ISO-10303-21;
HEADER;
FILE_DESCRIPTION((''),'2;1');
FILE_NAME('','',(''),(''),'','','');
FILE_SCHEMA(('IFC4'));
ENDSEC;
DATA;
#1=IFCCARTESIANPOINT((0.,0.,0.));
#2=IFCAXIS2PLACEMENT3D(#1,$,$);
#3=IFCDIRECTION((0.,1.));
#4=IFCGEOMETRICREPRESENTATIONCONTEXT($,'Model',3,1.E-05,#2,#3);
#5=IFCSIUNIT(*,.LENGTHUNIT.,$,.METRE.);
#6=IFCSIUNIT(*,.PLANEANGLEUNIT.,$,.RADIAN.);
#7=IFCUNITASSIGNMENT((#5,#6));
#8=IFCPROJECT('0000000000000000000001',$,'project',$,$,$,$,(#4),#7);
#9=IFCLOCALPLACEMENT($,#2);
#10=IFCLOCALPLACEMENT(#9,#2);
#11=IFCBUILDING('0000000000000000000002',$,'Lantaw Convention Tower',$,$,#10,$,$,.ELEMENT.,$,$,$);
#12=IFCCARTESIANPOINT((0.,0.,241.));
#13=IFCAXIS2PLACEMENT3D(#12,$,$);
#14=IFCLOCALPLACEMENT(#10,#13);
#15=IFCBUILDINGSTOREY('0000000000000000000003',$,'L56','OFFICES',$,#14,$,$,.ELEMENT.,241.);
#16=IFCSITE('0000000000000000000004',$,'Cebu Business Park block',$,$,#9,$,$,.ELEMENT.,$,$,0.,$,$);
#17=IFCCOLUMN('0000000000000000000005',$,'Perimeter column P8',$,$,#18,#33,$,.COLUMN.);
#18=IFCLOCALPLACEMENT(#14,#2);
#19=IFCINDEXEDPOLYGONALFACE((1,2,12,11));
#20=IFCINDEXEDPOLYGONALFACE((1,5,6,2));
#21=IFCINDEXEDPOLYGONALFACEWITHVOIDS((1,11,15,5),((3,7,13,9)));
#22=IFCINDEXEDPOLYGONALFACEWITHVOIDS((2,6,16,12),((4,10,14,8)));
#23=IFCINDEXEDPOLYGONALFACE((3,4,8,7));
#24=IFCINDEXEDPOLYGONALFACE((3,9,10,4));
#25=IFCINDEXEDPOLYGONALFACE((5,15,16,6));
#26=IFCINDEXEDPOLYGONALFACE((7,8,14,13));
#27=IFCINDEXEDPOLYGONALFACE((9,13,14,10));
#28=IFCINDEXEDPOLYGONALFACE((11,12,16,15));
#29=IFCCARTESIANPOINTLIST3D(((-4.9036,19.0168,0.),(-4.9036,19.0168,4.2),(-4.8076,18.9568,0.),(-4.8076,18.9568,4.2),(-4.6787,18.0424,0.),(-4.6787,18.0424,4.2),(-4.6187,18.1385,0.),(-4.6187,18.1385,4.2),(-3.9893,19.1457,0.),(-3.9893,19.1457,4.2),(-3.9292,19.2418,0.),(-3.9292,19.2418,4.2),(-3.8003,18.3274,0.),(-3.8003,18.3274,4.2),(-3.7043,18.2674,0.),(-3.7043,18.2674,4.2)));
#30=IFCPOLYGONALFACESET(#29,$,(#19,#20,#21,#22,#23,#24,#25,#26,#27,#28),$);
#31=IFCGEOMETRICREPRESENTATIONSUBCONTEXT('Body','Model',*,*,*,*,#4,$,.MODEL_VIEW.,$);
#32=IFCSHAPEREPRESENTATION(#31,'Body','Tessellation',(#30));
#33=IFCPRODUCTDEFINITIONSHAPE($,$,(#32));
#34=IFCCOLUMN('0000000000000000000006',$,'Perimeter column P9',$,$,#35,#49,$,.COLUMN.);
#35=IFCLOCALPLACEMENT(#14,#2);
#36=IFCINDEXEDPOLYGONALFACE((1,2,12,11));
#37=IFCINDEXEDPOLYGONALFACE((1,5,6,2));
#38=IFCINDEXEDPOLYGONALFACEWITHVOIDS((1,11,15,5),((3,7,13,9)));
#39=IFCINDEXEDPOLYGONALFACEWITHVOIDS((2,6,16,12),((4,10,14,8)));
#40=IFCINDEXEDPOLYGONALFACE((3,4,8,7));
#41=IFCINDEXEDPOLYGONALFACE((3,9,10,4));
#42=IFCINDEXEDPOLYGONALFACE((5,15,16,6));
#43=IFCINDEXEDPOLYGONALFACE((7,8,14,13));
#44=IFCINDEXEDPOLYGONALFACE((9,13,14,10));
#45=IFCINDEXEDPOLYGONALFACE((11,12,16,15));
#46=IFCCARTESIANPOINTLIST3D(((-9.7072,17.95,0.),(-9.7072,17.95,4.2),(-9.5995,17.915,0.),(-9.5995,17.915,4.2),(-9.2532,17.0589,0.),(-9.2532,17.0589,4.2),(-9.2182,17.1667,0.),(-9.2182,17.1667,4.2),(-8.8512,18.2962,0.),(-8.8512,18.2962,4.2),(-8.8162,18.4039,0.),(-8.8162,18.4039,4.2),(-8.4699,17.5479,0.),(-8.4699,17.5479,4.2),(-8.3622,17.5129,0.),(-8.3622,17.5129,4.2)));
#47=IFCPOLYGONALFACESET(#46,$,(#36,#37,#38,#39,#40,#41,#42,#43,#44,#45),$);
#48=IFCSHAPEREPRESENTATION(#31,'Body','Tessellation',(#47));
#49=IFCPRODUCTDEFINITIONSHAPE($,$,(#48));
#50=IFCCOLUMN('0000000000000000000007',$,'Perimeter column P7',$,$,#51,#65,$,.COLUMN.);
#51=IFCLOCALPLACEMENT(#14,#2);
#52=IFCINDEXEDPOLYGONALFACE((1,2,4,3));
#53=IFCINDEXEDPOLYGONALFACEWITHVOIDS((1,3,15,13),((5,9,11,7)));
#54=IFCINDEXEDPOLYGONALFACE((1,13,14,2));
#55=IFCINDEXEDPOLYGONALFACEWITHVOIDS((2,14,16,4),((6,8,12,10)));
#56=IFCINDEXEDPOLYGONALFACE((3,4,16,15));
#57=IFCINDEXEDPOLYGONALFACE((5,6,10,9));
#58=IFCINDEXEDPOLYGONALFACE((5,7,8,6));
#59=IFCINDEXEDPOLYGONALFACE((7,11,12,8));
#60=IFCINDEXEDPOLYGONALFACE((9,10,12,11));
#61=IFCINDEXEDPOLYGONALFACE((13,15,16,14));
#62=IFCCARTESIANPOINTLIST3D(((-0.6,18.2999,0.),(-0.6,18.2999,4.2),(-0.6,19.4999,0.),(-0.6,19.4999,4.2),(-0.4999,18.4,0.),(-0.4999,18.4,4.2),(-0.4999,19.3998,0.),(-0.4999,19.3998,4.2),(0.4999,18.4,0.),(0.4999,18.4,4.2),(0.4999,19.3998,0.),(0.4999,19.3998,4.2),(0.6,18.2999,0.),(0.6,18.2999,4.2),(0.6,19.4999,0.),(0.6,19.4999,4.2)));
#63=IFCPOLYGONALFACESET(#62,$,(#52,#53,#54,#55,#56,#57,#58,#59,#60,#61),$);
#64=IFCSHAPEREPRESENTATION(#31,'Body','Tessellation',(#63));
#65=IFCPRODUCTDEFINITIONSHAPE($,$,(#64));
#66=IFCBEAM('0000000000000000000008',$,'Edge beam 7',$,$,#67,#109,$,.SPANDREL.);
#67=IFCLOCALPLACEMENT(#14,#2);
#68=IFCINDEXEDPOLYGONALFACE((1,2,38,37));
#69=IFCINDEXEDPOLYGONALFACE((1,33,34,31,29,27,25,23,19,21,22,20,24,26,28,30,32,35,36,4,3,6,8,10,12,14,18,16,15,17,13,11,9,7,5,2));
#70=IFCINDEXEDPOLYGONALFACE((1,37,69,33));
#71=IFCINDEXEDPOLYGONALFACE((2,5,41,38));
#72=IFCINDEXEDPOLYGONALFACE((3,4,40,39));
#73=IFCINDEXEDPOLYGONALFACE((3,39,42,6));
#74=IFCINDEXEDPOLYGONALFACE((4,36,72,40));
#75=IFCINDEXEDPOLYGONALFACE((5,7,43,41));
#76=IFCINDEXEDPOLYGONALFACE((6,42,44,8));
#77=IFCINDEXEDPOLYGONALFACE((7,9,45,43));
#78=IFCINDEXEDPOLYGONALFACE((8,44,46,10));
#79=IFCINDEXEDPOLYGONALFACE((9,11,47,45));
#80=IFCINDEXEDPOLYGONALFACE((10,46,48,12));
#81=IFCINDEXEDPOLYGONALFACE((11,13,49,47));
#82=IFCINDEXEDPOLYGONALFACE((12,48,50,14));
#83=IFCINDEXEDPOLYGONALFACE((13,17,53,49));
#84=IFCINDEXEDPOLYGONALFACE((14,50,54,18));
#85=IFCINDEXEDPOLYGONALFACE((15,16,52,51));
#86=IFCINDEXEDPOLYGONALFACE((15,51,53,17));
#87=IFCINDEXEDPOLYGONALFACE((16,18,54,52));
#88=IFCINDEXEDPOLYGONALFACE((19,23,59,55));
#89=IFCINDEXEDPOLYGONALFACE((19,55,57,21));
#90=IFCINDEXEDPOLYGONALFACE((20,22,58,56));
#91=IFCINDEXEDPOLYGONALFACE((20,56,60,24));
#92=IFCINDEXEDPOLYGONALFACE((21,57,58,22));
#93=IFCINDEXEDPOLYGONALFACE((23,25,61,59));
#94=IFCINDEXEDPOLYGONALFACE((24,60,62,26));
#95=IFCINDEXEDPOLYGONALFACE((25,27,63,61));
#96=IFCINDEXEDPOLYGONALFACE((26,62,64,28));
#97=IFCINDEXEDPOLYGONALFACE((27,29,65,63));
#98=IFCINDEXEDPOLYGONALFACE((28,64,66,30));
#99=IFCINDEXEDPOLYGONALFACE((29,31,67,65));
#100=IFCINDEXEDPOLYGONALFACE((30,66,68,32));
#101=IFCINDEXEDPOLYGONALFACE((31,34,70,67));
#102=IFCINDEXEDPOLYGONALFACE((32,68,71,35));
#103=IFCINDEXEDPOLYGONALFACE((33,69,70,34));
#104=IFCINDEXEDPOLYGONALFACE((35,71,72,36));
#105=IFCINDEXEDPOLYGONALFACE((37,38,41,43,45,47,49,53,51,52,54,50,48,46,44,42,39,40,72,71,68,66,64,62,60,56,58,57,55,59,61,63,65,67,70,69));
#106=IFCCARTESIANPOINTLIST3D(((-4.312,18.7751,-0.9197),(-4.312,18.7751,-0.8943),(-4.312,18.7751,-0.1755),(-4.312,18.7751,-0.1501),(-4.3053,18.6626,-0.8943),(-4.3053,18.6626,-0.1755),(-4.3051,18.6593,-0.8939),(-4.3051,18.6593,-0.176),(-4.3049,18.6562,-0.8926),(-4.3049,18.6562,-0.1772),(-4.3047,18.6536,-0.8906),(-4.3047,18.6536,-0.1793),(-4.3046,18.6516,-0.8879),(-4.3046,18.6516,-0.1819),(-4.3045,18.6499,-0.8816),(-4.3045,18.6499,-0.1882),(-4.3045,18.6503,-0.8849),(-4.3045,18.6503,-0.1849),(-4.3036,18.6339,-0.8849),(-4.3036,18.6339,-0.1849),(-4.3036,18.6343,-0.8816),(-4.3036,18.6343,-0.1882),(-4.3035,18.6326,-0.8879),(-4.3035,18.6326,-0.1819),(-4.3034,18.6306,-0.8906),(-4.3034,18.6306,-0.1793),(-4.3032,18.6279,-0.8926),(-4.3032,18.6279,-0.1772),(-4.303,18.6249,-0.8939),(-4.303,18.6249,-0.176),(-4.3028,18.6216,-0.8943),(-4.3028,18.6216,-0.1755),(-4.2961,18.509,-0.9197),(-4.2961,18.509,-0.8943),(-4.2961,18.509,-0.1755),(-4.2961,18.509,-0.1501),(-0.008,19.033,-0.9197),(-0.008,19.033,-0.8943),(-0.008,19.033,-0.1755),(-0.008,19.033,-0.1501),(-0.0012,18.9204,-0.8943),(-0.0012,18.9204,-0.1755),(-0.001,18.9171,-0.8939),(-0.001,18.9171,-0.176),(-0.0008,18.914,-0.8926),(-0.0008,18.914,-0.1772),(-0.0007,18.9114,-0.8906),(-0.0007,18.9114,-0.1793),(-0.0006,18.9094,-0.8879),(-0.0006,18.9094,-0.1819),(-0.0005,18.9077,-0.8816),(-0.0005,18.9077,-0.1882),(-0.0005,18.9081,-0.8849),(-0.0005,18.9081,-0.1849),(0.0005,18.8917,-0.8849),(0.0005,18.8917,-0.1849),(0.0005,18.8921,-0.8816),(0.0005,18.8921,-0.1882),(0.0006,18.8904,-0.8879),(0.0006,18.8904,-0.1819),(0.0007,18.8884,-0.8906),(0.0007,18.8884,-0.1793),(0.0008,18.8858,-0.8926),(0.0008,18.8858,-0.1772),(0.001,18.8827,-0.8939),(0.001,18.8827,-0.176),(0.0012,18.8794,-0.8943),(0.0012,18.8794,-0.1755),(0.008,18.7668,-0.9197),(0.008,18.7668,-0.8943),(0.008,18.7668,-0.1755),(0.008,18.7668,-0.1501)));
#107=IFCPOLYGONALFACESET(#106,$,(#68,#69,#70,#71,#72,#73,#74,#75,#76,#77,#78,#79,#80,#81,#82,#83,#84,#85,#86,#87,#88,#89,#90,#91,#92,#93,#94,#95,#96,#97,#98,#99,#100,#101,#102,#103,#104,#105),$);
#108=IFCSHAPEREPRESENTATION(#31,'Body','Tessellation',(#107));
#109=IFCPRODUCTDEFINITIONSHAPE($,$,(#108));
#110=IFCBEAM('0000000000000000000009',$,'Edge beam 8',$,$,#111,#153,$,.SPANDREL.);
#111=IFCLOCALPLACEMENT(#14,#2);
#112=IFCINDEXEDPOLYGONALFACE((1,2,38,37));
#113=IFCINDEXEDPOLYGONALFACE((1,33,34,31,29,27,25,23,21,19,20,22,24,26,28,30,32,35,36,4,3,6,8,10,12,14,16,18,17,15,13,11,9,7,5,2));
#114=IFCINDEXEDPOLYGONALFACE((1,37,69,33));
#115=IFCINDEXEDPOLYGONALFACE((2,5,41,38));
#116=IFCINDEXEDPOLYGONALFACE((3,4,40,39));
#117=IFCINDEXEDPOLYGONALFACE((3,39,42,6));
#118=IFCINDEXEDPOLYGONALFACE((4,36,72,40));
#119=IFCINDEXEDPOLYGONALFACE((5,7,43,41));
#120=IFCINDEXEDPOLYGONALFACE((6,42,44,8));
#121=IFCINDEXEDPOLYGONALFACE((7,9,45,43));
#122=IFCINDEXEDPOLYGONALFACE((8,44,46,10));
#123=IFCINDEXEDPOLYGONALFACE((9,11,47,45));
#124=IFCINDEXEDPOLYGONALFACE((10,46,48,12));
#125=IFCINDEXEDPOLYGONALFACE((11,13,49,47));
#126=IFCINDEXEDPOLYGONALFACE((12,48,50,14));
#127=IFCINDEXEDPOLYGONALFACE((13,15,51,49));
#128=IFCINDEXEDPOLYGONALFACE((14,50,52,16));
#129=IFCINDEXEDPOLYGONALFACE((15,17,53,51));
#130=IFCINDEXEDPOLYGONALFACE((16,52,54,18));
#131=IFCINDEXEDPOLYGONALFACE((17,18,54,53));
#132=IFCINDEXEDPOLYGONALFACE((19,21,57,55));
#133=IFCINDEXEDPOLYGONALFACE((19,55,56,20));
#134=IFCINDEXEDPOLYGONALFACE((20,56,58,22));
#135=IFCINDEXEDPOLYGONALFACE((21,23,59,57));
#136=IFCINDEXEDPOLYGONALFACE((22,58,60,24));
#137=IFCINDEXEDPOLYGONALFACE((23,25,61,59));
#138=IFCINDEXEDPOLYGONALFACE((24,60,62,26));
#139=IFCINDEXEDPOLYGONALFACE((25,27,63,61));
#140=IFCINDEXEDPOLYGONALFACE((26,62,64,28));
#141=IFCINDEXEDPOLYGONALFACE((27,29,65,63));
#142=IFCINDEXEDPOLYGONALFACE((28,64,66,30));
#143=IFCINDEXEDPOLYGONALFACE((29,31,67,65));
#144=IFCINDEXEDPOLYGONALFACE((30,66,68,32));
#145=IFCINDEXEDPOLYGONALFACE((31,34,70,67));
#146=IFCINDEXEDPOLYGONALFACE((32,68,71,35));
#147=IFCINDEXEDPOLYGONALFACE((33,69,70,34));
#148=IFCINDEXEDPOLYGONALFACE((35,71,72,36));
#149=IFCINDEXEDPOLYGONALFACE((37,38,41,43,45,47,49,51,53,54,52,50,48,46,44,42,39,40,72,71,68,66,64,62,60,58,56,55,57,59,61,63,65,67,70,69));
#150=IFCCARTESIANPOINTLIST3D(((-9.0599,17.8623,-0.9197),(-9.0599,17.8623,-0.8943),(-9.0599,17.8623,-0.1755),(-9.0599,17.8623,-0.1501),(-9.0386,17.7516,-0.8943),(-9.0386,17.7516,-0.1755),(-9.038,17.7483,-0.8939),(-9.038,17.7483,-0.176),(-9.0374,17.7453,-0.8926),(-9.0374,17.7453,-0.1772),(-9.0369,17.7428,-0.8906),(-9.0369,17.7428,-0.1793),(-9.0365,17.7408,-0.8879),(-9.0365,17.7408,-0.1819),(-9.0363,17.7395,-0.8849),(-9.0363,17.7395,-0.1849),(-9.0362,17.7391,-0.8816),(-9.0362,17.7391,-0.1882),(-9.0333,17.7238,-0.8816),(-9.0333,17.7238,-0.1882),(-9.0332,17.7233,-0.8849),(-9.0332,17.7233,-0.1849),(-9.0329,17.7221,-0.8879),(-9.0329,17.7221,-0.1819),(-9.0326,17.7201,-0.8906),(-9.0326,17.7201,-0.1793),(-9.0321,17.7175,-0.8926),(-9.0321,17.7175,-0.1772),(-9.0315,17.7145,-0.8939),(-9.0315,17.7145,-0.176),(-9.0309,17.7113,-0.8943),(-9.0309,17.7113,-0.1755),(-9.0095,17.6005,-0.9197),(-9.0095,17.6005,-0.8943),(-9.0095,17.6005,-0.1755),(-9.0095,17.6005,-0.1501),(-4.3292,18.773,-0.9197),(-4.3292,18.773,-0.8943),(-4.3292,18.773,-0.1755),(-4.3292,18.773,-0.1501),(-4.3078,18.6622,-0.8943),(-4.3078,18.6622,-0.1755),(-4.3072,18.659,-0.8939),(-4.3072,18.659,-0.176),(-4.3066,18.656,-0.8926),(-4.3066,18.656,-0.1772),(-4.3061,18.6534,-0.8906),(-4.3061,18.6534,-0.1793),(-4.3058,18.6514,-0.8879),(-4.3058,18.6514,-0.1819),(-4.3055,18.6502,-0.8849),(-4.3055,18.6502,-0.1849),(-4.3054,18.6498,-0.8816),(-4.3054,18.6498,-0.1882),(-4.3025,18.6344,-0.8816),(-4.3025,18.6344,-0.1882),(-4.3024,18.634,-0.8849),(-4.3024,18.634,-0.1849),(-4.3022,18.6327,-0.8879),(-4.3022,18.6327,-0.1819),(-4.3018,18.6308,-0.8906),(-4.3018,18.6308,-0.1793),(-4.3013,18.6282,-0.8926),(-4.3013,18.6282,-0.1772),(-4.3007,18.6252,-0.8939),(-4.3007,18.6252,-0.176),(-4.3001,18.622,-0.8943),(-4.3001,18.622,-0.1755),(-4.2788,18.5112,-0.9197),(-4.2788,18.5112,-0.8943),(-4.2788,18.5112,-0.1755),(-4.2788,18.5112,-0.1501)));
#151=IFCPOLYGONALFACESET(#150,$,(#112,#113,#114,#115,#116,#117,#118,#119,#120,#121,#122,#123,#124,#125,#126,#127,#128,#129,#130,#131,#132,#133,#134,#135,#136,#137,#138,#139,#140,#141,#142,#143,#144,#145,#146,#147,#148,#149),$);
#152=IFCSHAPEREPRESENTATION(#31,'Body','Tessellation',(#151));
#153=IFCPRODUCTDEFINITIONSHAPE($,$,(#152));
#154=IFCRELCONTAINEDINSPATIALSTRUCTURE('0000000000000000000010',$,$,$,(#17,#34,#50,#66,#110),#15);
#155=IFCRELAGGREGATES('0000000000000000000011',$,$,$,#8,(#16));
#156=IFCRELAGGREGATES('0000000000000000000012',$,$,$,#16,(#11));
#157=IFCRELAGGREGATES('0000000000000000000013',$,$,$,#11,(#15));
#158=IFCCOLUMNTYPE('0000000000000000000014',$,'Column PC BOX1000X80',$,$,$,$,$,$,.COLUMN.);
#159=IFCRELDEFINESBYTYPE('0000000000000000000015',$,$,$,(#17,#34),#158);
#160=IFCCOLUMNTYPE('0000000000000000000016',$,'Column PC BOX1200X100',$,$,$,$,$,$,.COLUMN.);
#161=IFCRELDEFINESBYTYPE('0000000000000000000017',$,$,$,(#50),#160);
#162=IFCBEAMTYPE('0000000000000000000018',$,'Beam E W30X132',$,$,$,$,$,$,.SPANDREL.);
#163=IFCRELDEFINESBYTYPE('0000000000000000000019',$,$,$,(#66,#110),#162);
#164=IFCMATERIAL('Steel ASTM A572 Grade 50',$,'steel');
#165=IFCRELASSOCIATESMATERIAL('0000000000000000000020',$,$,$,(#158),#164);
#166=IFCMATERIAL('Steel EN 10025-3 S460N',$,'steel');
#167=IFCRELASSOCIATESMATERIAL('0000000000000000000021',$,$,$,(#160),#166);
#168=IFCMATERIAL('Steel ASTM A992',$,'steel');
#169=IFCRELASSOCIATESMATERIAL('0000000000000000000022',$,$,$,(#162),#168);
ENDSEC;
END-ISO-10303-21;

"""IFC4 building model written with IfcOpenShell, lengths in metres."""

from ifc_helpers import new_model, si_unit, direction, frame, origin, origin_2d, place, context, subcontext, project, spatial, rectangle, hollow_rectangle, i_section, extrude, material, material_profile, profile_set, type_object, element, save


model = new_model("IFC4")

# Units and contexts
model_context = context("Model", 3, precision=1e-05, world=origin(), true_north=direction((0.0, 1.0)))
body_context = subcontext(model_context, "Body", "Model", "MODEL_VIEW")
ifc_project = project(units=[si_unit("LENGTHUNIT", "METRE"), si_unit("PLANEANGLEUNIT", "RADIAN")], contexts=[model_context])

# Site, building, storey
site_placement = place(None, origin())
site = spatial("IfcSite", under=ifc_project, at=site_placement, Name="Cebu Business Park block", CompositionType="ELEMENT", RefElevation=0.0)
building_placement = place(site_placement, origin())
building = spatial("IfcBuilding", under=site, at=building_placement, Name="Lantaw Convention Tower", CompositionType="ELEMENT")
storey_placement = place(building_placement, frame((0.0, 0.0, 241.0)))
storey = spatial("IfcBuildingStorey", under=building, at=storey_placement, Name="L56", Description="OFFICES", CompositionType="ELEMENT", Elevation=241.0)

# Columns
ifc_material_1 = material(Name="Steel ASTM A572 Grade 50", Category="steel")
ifc_material_profile_1 = material_profile(ifc_material_1, hollow_rectangle(XDim=1.0, YDim=1.0, WallThickness=0.0801, at=origin_2d()), Name="BOX1000X80")
ifc_material_2 = material(Name="Concrete C60/75", Category="concrete")
ifc_material_profile_2 = material_profile(ifc_material_2, rectangle(XDim=0.8401, YDim=0.8401, at=origin_2d()), Name="Concrete fill of BOX1000X80")
ifc_profile_set_1 = profile_set([ifc_material_profile_1, ifc_material_profile_2], Name="Steel ASTM A572 Grade 50")
column_type_1 = type_object("IfcColumnType", Name="Column PC BOX1000X80", PredefinedType="COLUMN", material=ifc_profile_set_1)
for number, where, z_axis, x_axis, name in (
    (1, (-4.304, 18.6421, 0.0), (0.0, 0.0, 1.0), (0.97437, 0.224951, 0.0), "Perimeter column P8"),
    (2, (-9.0347, 17.7314, 0.0), (0.0, 0.0, 1.0), (0.891007, 0.45399, 0.0), "Perimeter column P9"),
):
    element("IfcColumn", number, at=place(storey_placement, frame(where, z_axis=z_axis, x_axis=x_axis)), inside=storey, type_object=column_type_1, Name=name, PredefinedType="COLUMN", context=body_context, shape_type="SweptSolid", body=[
        extrude(hollow_rectangle(XDim=1.0, YDim=1.0, WallThickness=0.0801, at=origin_2d()), origin(), (0.0, 0.0, 1.0), 4.2),
    ])
ifc_material_3 = material(Name="Steel EN 10025-3 S460N", Category="steel")
ifc_material_profile_3 = material_profile(ifc_material_3, hollow_rectangle(XDim=1.2, YDim=1.2, WallThickness=0.1001, at=origin_2d()), Name="BOX1200X100")
ifc_material_profile_4 = material_profile(ifc_material_2, rectangle(XDim=1.0, YDim=1.0, at=origin_2d()), Name="Concrete fill of BOX1200X100")
ifc_profile_set_2 = profile_set([ifc_material_profile_3, ifc_material_profile_4], Name="Steel EN 10025-3 S460N")
column_type_2 = type_object("IfcColumnType", Name="Column PC BOX1200X100", PredefinedType="COLUMN", material=ifc_profile_set_2)
column_placement = place(storey_placement, frame((0.0, 18.8999, 0.0), z_axis=(0.0, 0.0, 1.0), x_axis=(1.0, 0.0, 0.0)))
element("IfcColumn", 3, at=column_placement, inside=storey, type_object=column_type_2, Name="Perimeter column P7", PredefinedType="COLUMN", context=body_context, shape_type="SweptSolid", body=[
    extrude(hollow_rectangle(XDim=1.2, YDim=1.2, WallThickness=0.1001, at=origin_2d()), origin(), (0.0, 0.0, 1.0), 4.2),
])

# Beams
ifc_material_4 = material(Name="Steel ASTM A992", Category="steel")
ifc_material_profile_5 = material_profile(ifc_material_4, i_section(OverallWidth=0.2666, OverallDepth=0.7695, WebThickness=0.0156, FlangeThickness=0.0254, FilletRadius=0.0127, at=origin_2d()), Name="W30X132")
ifc_profile_set_3 = profile_set([ifc_material_profile_5], Name="Steel ASTM A992")
beam_type_1 = type_object("IfcBeamType", Name="Beam E W30X132", PredefinedType="SPANDREL", material=ifc_profile_set_3)
beam_1_placement = place(storey_placement, frame((0.0, 18.8999, -0.5349), z_axis=(-0.998211, -0.059794, 0.0), x_axis=(0.059794, -0.998211, 0.0)))
element("IfcBeam", 4, at=beam_1_placement, inside=storey, type_object=beam_type_1, Name="Edge beam 7", PredefinedType="SPANDREL", context=body_context, shape_type="SweptSolid", body=[
    extrude(i_section(OverallWidth=0.2666, OverallDepth=0.7695, WebThickness=0.0156, FlangeThickness=0.0254, FilletRadius=0.0127, at=origin_2d()), origin(), (0.0, 0.0, 1.0), 4.3118),
])
beam_2_placement = place(storey_placement, frame((-4.304, 18.6421, -0.5349), z_axis=(-0.981972, -0.189026, 0.0), x_axis=(0.189026, -0.981972, 0.0)))
element("IfcBeam", 5, at=beam_2_placement, inside=storey, type_object=beam_type_1, Name="Edge beam 8", PredefinedType="SPANDREL", context=body_context, shape_type="SweptSolid", body=[
    extrude(i_section(OverallWidth=0.2666, OverallDepth=0.7695, WebThickness=0.0156, FlangeThickness=0.0254, FilletRadius=0.0127, at=origin_2d()), origin(), (0.0, 0.0, 1.0), 4.8176),
])

save(model, "model.ifc")
